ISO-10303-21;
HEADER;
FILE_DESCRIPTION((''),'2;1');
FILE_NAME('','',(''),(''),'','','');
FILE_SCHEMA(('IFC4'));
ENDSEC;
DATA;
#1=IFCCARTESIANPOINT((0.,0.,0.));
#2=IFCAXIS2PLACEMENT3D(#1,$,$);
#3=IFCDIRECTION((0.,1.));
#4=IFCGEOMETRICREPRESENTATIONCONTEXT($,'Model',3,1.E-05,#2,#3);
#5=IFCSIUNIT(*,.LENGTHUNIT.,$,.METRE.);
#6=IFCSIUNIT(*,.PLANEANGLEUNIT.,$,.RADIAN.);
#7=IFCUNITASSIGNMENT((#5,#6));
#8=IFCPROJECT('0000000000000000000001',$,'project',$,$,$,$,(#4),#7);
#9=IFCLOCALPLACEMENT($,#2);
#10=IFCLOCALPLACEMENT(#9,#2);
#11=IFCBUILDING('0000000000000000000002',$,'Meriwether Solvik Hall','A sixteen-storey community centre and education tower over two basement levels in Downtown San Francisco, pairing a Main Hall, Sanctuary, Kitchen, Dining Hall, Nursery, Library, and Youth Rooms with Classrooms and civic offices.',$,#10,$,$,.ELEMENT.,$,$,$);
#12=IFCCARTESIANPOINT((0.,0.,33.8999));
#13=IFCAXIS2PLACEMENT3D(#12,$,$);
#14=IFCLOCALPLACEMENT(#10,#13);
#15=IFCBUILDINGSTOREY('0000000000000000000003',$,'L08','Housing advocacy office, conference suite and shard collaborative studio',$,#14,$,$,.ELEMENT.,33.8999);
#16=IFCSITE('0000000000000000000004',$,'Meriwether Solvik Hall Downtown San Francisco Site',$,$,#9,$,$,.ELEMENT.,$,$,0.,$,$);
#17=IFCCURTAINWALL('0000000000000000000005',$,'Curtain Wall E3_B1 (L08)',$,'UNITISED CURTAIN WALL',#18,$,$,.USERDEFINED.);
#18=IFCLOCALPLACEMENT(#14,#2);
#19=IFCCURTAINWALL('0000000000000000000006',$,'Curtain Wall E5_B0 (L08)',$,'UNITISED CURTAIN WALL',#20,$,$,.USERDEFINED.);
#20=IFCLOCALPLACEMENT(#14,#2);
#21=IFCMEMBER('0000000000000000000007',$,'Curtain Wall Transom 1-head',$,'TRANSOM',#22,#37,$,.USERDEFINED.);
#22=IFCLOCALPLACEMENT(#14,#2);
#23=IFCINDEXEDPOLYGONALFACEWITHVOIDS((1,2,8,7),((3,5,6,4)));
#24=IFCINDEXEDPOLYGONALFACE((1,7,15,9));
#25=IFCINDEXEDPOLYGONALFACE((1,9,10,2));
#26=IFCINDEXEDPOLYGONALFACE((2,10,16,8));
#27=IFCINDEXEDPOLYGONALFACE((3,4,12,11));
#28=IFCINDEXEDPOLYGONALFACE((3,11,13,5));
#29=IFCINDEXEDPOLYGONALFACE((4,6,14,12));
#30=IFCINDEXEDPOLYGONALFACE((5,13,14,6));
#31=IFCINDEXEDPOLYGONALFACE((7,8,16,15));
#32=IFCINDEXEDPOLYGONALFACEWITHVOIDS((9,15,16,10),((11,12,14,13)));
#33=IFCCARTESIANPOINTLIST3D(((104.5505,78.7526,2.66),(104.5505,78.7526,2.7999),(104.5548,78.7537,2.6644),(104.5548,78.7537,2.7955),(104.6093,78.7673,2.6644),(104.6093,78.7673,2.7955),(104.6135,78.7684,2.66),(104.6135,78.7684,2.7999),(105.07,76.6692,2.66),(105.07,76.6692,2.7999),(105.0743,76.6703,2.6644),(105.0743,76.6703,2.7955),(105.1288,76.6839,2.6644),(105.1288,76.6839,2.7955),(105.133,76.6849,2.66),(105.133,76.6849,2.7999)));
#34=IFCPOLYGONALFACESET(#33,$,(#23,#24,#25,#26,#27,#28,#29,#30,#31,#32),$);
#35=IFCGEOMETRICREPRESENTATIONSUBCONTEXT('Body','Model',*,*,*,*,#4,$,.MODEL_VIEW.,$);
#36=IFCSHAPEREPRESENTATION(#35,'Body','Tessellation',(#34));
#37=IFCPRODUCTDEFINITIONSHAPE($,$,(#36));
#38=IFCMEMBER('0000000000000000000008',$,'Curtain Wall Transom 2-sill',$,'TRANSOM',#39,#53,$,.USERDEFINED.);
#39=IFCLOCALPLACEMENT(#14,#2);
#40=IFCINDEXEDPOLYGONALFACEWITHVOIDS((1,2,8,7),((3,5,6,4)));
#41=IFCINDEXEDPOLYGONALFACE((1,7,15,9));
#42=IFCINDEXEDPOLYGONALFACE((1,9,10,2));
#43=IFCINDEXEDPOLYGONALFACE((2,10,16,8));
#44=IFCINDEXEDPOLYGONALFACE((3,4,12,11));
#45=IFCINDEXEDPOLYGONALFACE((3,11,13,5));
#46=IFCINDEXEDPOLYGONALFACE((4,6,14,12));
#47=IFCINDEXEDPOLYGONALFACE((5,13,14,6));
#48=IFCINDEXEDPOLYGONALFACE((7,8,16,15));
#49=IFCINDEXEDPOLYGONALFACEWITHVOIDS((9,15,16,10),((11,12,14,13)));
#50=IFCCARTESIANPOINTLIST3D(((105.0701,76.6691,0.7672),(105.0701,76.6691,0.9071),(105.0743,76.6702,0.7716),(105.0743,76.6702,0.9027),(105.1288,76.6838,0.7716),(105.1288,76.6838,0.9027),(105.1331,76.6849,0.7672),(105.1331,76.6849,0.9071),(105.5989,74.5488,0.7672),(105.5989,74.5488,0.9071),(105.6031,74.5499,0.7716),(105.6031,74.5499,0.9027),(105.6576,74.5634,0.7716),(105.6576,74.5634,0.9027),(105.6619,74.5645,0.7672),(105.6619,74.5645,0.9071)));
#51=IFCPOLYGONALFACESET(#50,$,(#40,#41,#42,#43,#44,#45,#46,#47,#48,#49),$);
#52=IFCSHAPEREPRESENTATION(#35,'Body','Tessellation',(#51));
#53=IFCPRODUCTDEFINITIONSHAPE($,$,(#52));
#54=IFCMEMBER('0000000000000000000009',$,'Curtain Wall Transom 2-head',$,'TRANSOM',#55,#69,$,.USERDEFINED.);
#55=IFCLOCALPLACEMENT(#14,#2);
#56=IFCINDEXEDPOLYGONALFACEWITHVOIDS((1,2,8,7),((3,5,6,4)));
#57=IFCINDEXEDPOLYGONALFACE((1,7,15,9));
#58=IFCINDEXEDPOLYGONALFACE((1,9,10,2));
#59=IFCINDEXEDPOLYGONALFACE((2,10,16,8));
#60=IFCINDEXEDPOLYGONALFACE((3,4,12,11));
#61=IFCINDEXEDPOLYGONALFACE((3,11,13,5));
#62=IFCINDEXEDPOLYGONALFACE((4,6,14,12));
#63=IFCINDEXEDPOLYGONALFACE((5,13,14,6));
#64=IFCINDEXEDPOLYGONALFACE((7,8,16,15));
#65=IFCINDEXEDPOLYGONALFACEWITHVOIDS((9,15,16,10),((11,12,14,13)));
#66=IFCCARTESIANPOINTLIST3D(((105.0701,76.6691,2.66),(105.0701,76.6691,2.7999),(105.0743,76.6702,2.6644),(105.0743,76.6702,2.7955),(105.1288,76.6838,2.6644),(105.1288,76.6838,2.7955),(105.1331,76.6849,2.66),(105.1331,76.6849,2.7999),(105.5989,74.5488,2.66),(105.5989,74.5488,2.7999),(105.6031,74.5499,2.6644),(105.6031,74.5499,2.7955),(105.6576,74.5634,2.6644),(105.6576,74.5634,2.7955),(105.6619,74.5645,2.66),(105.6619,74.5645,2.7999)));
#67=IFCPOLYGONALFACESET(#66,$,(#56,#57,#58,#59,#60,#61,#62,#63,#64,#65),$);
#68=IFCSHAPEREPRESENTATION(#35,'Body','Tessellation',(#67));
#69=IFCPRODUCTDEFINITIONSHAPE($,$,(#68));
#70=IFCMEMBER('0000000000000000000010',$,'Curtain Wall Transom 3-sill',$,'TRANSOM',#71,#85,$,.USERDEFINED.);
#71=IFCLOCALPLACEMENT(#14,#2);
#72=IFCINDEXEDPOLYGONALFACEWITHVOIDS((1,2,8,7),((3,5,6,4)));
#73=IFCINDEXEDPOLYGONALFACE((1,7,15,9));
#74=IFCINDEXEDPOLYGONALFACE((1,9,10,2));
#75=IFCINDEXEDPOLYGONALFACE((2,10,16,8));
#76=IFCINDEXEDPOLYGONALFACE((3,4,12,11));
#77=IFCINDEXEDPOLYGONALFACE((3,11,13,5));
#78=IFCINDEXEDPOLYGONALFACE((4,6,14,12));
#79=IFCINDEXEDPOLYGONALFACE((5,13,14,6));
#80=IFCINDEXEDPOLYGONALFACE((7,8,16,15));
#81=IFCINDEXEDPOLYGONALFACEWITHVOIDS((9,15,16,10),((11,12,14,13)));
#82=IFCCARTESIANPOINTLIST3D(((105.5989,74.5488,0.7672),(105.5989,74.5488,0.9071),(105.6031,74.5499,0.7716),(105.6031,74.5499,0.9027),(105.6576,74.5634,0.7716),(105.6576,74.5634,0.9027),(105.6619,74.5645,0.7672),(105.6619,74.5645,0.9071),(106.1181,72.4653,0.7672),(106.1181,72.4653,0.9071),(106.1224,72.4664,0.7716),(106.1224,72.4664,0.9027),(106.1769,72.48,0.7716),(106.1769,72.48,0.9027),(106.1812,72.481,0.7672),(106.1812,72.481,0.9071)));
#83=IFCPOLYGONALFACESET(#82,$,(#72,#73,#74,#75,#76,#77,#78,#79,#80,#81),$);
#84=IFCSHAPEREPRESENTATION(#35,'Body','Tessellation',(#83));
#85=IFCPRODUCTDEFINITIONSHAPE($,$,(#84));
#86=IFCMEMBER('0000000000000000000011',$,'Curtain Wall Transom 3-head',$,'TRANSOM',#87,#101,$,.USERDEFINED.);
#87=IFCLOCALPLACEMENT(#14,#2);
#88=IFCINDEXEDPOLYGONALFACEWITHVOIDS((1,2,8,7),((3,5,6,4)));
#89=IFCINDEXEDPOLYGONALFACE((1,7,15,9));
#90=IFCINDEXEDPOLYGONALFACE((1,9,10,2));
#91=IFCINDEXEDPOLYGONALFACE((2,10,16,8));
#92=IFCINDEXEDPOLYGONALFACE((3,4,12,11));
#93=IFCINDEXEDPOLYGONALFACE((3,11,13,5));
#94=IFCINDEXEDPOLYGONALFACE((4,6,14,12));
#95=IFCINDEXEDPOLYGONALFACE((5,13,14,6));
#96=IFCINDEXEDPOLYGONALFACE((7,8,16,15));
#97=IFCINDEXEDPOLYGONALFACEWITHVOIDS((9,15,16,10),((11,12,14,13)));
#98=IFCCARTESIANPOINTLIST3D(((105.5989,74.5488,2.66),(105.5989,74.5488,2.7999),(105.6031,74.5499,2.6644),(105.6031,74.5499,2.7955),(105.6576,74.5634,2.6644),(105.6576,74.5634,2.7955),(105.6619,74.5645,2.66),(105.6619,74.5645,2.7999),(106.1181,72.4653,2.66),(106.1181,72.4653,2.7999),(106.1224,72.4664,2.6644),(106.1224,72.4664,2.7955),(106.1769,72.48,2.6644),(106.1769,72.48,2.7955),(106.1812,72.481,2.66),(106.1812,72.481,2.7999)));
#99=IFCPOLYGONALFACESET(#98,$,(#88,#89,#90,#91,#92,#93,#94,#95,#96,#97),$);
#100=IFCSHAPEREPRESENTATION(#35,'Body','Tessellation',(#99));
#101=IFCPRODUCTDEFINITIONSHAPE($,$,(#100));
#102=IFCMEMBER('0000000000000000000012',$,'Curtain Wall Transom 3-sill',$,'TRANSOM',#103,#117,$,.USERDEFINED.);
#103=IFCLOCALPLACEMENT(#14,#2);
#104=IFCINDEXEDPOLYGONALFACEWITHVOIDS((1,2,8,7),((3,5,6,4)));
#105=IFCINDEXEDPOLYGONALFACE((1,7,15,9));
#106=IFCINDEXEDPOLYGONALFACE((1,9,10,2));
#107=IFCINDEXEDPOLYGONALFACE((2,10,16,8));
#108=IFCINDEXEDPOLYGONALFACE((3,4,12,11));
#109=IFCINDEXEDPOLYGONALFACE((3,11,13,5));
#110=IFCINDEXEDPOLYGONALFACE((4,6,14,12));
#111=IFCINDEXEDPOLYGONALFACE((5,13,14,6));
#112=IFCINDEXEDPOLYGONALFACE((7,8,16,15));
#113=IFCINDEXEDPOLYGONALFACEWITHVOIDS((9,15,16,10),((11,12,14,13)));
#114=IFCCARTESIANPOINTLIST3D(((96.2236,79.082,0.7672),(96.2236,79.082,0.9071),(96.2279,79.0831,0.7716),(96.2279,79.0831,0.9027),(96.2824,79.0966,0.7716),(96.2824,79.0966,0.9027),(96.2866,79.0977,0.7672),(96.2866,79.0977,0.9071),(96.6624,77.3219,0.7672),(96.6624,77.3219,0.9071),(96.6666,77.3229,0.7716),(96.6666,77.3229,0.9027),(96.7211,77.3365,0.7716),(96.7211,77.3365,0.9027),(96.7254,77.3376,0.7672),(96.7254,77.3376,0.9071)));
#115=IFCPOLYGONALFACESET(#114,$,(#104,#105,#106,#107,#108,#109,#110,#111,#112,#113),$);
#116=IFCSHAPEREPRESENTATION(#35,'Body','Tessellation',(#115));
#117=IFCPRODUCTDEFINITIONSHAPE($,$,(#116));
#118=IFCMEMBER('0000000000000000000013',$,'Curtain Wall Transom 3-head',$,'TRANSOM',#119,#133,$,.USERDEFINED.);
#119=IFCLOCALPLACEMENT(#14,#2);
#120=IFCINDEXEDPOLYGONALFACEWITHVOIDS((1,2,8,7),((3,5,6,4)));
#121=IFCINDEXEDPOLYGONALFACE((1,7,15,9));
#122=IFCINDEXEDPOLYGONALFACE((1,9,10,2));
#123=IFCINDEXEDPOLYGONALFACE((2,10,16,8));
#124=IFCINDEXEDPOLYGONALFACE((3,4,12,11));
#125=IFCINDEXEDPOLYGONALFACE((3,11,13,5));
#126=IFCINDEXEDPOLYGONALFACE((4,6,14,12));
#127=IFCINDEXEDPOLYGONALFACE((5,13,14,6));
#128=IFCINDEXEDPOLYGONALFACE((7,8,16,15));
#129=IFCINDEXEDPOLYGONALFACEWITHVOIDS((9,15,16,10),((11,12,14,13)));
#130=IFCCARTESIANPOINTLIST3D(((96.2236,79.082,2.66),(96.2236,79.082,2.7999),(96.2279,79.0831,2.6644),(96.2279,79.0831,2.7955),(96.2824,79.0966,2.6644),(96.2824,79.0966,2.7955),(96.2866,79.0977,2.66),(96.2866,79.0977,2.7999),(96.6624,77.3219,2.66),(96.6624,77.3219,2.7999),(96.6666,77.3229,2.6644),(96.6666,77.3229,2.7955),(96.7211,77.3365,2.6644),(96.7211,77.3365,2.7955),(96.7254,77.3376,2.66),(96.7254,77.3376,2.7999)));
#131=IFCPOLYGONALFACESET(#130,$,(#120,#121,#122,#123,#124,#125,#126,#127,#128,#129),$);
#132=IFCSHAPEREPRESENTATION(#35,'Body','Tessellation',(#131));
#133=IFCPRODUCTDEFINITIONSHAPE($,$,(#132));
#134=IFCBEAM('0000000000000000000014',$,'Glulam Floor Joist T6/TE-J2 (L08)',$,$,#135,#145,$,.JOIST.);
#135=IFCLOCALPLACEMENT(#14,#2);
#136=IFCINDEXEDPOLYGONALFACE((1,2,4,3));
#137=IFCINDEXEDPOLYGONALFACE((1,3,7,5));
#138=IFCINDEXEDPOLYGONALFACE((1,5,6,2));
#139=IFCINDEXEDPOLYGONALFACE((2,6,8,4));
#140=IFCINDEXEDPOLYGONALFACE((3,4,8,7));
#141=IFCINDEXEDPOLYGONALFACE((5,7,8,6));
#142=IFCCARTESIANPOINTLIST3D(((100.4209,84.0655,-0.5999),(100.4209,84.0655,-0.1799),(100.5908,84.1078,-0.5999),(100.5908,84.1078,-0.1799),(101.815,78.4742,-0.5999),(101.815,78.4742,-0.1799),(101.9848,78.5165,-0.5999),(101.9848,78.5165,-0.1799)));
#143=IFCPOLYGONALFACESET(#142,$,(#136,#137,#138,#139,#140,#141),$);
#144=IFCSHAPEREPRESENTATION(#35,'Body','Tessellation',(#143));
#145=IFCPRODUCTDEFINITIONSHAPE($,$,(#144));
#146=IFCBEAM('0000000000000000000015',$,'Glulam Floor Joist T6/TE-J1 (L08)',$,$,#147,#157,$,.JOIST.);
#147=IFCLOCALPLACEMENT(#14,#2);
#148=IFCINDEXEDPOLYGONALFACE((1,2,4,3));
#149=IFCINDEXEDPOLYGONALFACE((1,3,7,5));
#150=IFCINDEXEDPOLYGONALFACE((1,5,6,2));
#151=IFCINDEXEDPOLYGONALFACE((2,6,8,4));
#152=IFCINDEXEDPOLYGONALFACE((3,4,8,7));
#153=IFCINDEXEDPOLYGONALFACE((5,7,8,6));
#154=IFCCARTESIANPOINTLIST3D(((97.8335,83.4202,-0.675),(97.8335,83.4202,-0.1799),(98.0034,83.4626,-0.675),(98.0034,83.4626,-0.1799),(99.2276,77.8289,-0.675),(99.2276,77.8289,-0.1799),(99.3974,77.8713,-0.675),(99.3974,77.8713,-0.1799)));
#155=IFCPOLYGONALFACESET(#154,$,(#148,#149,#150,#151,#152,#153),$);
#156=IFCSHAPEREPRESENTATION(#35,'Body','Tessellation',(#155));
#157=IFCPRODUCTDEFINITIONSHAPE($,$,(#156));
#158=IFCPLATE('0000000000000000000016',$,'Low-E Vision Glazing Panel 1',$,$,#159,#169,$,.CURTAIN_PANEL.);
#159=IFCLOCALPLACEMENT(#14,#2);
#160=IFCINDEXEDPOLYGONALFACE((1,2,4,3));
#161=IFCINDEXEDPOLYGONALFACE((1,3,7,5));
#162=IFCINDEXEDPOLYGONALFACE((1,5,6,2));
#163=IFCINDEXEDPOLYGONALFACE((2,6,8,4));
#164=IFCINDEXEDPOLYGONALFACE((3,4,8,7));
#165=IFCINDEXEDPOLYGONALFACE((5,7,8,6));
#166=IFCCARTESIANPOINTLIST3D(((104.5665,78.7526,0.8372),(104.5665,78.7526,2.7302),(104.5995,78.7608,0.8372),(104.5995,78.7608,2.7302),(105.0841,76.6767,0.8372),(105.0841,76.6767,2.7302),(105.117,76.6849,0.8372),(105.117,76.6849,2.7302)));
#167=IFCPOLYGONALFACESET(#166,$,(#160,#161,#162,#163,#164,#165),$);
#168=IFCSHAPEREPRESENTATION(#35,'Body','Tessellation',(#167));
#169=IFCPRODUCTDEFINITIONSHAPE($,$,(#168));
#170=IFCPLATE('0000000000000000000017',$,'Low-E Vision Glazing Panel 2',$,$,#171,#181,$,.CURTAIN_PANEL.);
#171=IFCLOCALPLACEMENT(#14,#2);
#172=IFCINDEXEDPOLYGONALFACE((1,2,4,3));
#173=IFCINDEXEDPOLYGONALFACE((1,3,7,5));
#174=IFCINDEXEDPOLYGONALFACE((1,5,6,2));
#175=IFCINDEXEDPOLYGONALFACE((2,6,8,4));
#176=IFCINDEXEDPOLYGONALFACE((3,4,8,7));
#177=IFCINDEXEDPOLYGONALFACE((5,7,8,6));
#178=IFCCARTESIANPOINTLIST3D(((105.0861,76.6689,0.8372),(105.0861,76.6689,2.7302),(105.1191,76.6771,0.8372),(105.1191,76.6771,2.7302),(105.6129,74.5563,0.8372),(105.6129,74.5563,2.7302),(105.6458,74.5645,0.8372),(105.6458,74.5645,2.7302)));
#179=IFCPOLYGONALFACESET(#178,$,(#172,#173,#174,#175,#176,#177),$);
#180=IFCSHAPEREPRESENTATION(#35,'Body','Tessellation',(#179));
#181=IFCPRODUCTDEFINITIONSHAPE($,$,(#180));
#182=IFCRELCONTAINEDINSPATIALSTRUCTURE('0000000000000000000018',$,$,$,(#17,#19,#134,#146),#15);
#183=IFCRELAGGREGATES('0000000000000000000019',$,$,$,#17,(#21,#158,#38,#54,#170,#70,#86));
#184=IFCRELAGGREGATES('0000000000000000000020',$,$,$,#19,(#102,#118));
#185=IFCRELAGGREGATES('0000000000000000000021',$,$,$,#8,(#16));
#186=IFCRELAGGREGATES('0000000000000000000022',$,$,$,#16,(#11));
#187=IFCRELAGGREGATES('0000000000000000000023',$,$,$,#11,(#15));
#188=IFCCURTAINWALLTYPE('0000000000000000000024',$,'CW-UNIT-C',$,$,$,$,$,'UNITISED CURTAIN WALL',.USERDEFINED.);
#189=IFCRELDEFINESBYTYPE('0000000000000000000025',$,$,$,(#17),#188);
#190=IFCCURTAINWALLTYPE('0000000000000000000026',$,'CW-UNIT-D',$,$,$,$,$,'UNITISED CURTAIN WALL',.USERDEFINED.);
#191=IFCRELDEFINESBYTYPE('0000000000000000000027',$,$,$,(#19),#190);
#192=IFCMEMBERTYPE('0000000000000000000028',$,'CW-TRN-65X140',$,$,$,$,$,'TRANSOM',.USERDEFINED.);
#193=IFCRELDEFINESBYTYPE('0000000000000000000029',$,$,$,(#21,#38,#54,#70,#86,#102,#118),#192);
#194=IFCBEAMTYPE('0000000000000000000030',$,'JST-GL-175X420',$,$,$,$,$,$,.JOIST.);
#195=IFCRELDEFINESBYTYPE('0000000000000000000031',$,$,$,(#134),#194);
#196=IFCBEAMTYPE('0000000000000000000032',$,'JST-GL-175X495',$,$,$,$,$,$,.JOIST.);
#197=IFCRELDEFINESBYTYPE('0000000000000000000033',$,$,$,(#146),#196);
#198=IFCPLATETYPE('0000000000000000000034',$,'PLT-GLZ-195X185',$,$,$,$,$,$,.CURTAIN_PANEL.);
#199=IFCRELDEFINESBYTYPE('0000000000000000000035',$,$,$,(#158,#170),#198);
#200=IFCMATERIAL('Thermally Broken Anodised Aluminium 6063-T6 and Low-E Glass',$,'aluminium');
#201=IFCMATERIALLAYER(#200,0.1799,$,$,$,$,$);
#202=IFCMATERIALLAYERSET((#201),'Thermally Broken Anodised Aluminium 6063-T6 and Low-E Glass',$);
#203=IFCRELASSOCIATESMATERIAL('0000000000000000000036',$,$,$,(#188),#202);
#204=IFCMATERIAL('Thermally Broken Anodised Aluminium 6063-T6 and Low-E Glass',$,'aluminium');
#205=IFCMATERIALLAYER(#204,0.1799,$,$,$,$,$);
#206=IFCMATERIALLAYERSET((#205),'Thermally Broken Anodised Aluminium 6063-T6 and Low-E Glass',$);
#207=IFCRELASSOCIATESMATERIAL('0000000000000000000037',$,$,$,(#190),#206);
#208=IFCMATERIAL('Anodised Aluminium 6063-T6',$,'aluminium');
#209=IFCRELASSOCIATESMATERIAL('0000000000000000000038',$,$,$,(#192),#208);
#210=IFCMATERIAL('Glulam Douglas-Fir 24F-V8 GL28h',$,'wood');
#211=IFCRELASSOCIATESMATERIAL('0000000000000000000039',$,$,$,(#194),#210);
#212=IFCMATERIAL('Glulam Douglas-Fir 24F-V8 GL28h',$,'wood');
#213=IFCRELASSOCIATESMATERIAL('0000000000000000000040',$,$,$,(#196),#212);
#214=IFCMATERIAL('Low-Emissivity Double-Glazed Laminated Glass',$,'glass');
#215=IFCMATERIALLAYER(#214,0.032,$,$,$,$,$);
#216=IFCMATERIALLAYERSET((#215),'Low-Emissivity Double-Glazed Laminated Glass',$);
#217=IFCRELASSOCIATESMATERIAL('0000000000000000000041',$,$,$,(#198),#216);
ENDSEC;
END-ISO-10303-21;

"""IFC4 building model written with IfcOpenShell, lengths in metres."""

from ifc_helpers import new_model, si_unit, direction, frame, origin, origin_2d, place, context, subcontext, project, spatial, rectangle, hollow_rectangle, extrude, material, layer, layer_set, material_profile, profile_set, type_object, element, aggregate, save


model = new_model("IFC4")

# Units and contexts
model_context = context("Model", 3, precision=1e-05, world=origin(), true_north=direction((0.0, 1.0)))
body_context = subcontext(model_context, "Body", "Model", "MODEL_VIEW")
ifc_project = project(units=[si_unit("LENGTHUNIT", "METRE"), si_unit("PLANEANGLEUNIT", "RADIAN")], contexts=[model_context])

# Site, building, storey
site_placement = place(None, origin())
site = spatial("IfcSite", under=ifc_project, at=site_placement, Name="Meriwether Solvik Hall Downtown San Francisco Site", CompositionType="ELEMENT", RefElevation=0.0)
building_placement = place(site_placement, origin())
building = spatial("IfcBuilding", under=site, at=building_placement, Name="Meriwether Solvik Hall", Description="A sixteen-storey community centre and education tower over two basement levels in Downtown San Francisco, pairing a Main Hall, Sanctuary, Kitchen, Dining Hall, Nursery, Library, and Youth Rooms with Classrooms and civic offices.", CompositionType="ELEMENT")
storey_placement = place(building_placement, frame((0.0, 0.0, 33.8999)))
storey = spatial("IfcBuildingStorey", under=building, at=storey_placement, Name="L08", Description="Housing advocacy office, conference suite and shard collaborative studio", CompositionType="ELEMENT", Elevation=33.8999)

# Curtain walls
ifc_material_1 = material(Name="Thermally Broken Anodised Aluminium 6063-T6 and Low-E Glass", Category="aluminium")
ifc_layer_1 = layer(ifc_material_1, 0.1799)
ifc_layer_set_1 = layer_set([ifc_layer_1], Name="Thermally Broken Anodised Aluminium 6063-T6 and Low-E Glass")
curtain_wall_type_1 = type_object("IfcCurtainWallType", Name="CW-UNIT-C", ElementType="UNITISED CURTAIN WALL", PredefinedType="USERDEFINED", material=ifc_layer_set_1)
curtain_wall_1_placement = place(storey_placement, origin())
curtain_wall_1 = element("IfcCurtainWall", 1, at=curtain_wall_1_placement, inside=storey, type_object=curtain_wall_type_1, Name="Curtain Wall E3_B1 (L08)", ObjectType="UNITISED CURTAIN WALL", PredefinedType="USERDEFINED")
ifc_material_2 = material(Name="Thermally Broken Anodised Aluminium 6063-T6 and Low-E Glass", Category="aluminium")
ifc_layer_2 = layer(ifc_material_2, 0.1799)
ifc_layer_set_2 = layer_set([ifc_layer_2], Name="Thermally Broken Anodised Aluminium 6063-T6 and Low-E Glass")
curtain_wall_type_2 = type_object("IfcCurtainWallType", Name="CW-UNIT-D", ElementType="UNITISED CURTAIN WALL", PredefinedType="USERDEFINED", material=ifc_layer_set_2)
curtain_wall_2_placement = place(storey_placement, origin())
curtain_wall_2 = element("IfcCurtainWall", 2, at=curtain_wall_2_placement, inside=storey, type_object=curtain_wall_type_2, Name="Curtain Wall E5_B0 (L08)", ObjectType="UNITISED CURTAIN WALL", PredefinedType="USERDEFINED")

# Members
ifc_material_3 = material(Name="Anodised Aluminium 6063-T6", Category="aluminium")
ifc_material_profile_1 = material_profile(ifc_material_3, hollow_rectangle(XDim=0.0649, YDim=0.1399, WallThickness=0.0044, at=origin_2d()), Name="CWT-65X140")
ifc_profile_set_1 = profile_set([ifc_material_profile_1], Name="Anodised Aluminium 6063-T6")
member_type_1 = type_object("IfcMemberType", Name="CW-TRN-65X140", ElementType="TRANSOM", PredefinedType="USERDEFINED", material=ifc_profile_set_1)
member_1_placement = place(storey_placement, frame((104.582, 78.7605, 2.73), z_axis=(0.241947, -0.970289, 0.0), x_axis=(0.970289, 0.241947, 0.0)))
member_1 = element("IfcMember", 3, at=member_1_placement, type_object=member_type_1, Name="Curtain Wall Transom 1-head", ObjectType="TRANSOM", PredefinedType="USERDEFINED", context=body_context, shape_type="SweptSolid", body=[
    extrude(hollow_rectangle(XDim=0.0649, YDim=0.1399, WallThickness=0.0044, at=origin_2d()), origin(), (0.0, 0.0, 1.0), 2.1472),
])
member_2_placement = place(storey_placement, frame((105.1016, 76.677, 0.8372), z_axis=(0.241984, -0.97028, 0.0), x_axis=(0.97028, 0.241984, 0.0)))
member_2 = element("IfcMember", 4, at=member_2_placement, type_object=member_type_1, Name="Curtain Wall Transom 2-sill", ObjectType="TRANSOM", PredefinedType="USERDEFINED", context=body_context, shape_type="SweptSolid", body=[
    extrude(hollow_rectangle(XDim=0.0649, YDim=0.1399, WallThickness=0.0044, at=origin_2d()), origin(), (0.0, 0.0, 1.0), 2.1853),
])
member_3_placement = place(storey_placement, frame((105.1016, 76.677, 2.73), z_axis=(0.241984, -0.97028, 0.0), x_axis=(0.97028, 0.241984, 0.0)))
member_3 = element("IfcMember", 5, at=member_3_placement, type_object=member_type_1, Name="Curtain Wall Transom 2-head", ObjectType="TRANSOM", PredefinedType="USERDEFINED", context=body_context, shape_type="SweptSolid", body=[
    extrude(hollow_rectangle(XDim=0.0649, YDim=0.1399, WallThickness=0.0044, at=origin_2d()), origin(), (0.0, 0.0, 1.0), 2.1853),
])
member_4_placement = place(storey_placement, frame((105.6304, 74.5566, 0.8372), z_axis=(0.24184, -0.970316, 0.0), x_axis=(0.970316, 0.24184, 0.0)))
member_4 = element("IfcMember", 6, at=member_4_placement, type_object=member_type_1, Name="Curtain Wall Transom 3-sill", ObjectType="TRANSOM", PredefinedType="USERDEFINED", context=body_context, shape_type="SweptSolid", body=[
    extrude(hollow_rectangle(XDim=0.0649, YDim=0.1399, WallThickness=0.0044, at=origin_2d()), origin(), (0.0, 0.0, 1.0), 2.1472),
])
member_5_placement = place(storey_placement, frame((105.6304, 74.5566, 2.73), z_axis=(0.24184, -0.970316, 0.0), x_axis=(0.970316, 0.24184, 0.0)))
member_5 = element("IfcMember", 7, at=member_5_placement, type_object=member_type_1, Name="Curtain Wall Transom 3-head", ObjectType="TRANSOM", PredefinedType="USERDEFINED", context=body_context, shape_type="SweptSolid", body=[
    extrude(hollow_rectangle(XDim=0.0649, YDim=0.1399, WallThickness=0.0044, at=origin_2d()), origin(), (0.0, 0.0, 1.0), 2.1472),
])
member_6_placement = place(storey_placement, frame((96.2551, 79.0898, 0.8372), z_axis=(0.241871, -0.970309, 0.0), x_axis=(0.970309, 0.241871, 0.0)))
member_6 = element("IfcMember", 8, at=member_6_placement, type_object=member_type_1, Name="Curtain Wall Transom 3-sill", ObjectType="TRANSOM", PredefinedType="USERDEFINED", context=body_context, shape_type="SweptSolid", body=[
    extrude(hollow_rectangle(XDim=0.0649, YDim=0.1399, WallThickness=0.0044, at=origin_2d()), origin(), (0.0, 0.0, 1.0), 1.814),
])
member_7_placement = place(storey_placement, frame((96.2551, 79.0898, 2.73), z_axis=(0.241871, -0.970309, 0.0), x_axis=(0.970309, 0.241871, 0.0)))
member_7 = element("IfcMember", 9, at=member_7_placement, type_object=member_type_1, Name="Curtain Wall Transom 3-head", ObjectType="TRANSOM", PredefinedType="USERDEFINED", context=body_context, shape_type="SweptSolid", body=[
    extrude(hollow_rectangle(XDim=0.0649, YDim=0.1399, WallThickness=0.0044, at=origin_2d()), origin(), (0.0, 0.0, 1.0), 1.814),
])

# Beams
ifc_material_4 = material(Name="Glulam Douglas-Fir 24F-V8 GL28h", Category="wood")
ifc_material_profile_2 = material_profile(ifc_material_4, rectangle(XDim=0.175, YDim=0.4199, at=origin_2d()), Name="GLJ-175X420")
ifc_profile_set_2 = profile_set([ifc_material_profile_2], Name="Glulam Douglas-Fir 24F-V8 GL28h")
beam_type_1 = type_object("IfcBeamType", Name="JST-GL-175X420", PredefinedType="JOIST", material=ifc_profile_set_2)
beam_1_placement = place(storey_placement, frame((101.8999, 78.4954, -0.3899), z_axis=(-0.241918, 0.970297, 0.0), x_axis=(-0.970297, -0.241918, 0.0)))
element("IfcBeam", 10, at=beam_1_placement, inside=storey, type_object=beam_type_1, Name="Glulam Floor Joist T6/TE-J2 (L08)", PredefinedType="JOIST", context=body_context, shape_type="SweptSolid", body=[
    extrude(rectangle(XDim=0.175, YDim=0.4199, at=origin_2d()), origin(), (0.0, 0.0, 1.0), 5.7625),
])
ifc_material_5 = material(Name="Glulam Douglas-Fir 24F-V8 GL28h", Category="wood")
ifc_material_profile_3 = material_profile(ifc_material_5, rectangle(XDim=0.175, YDim=0.4951, at=origin_2d()), Name="GLJ-175X495")
ifc_profile_set_3 = profile_set([ifc_material_profile_3], Name="Glulam Douglas-Fir 24F-V8 GL28h")
beam_type_2 = type_object("IfcBeamType", Name="JST-GL-175X495", PredefinedType="JOIST", material=ifc_profile_set_3)
beam_2_placement = place(storey_placement, frame((99.3125, 77.8501, -0.4275), z_axis=(-0.241918, 0.970297, 0.0), x_axis=(-0.970297, -0.241918, 0.0)))
element("IfcBeam", 11, at=beam_2_placement, inside=storey, type_object=beam_type_2, Name="Glulam Floor Joist T6/TE-J1 (L08)", PredefinedType="JOIST", context=body_context, shape_type="SweptSolid", body=[
    extrude(rectangle(XDim=0.175, YDim=0.4951, at=origin_2d()), origin(), (0.0, 0.0, 1.0), 5.7625),
])

# Plates
ifc_material_6 = material(Name="Low-Emissivity Double-Glazed Laminated Glass", Category="glass")
ifc_layer_3 = layer(ifc_material_6, 0.032)
ifc_layer_set_3 = layer_set([ifc_layer_3], Name="Low-Emissivity Double-Glazed Laminated Glass")
plate_type_1 = type_object("IfcPlateType", Name="PLT-GLZ-195X185", PredefinedType="CURTAIN_PANEL", material=ifc_layer_set_3)
plate_1_placement = place(storey_placement, frame((104.8418, 77.7188, 0.8372), z_axis=(0.0, 0.0, 1.0), x_axis=(0.241922, -0.970296, 0.0)))
plate_1 = element("IfcPlate", 12, at=plate_1_placement, type_object=plate_type_1, Name="Low-E Vision Glazing Panel 1", PredefinedType="CURTAIN_PANEL", context=body_context, shape_type="SweptSolid", body=[
    extrude(rectangle(XDim=2.1394, YDim=0.0339, at=origin_2d()), origin(), (0.0, 0.0, 1.0), 1.8931),
])
plate_2_placement = place(storey_placement, frame((105.366, 75.6167, 0.8372), z_axis=(0.0, 0.0, 1.0), x_axis=(0.241922, -0.970296, 0.0)))
plate_2 = element("IfcPlate", 13, at=plate_2_placement, type_object=plate_type_1, Name="Low-E Vision Glazing Panel 2", PredefinedType="CURTAIN_PANEL", context=body_context, shape_type="SweptSolid", body=[
    extrude(rectangle(XDim=2.1772, YDim=0.0339, at=origin_2d()), origin(), (0.0, 0.0, 1.0), 1.8931),
])
aggregate(curtain_wall_1, [member_1, plate_1, member_2, member_3, plate_2, member_4, member_5])
aggregate(curtain_wall_2, [member_6, member_7])

save(model, "model.ifc")
